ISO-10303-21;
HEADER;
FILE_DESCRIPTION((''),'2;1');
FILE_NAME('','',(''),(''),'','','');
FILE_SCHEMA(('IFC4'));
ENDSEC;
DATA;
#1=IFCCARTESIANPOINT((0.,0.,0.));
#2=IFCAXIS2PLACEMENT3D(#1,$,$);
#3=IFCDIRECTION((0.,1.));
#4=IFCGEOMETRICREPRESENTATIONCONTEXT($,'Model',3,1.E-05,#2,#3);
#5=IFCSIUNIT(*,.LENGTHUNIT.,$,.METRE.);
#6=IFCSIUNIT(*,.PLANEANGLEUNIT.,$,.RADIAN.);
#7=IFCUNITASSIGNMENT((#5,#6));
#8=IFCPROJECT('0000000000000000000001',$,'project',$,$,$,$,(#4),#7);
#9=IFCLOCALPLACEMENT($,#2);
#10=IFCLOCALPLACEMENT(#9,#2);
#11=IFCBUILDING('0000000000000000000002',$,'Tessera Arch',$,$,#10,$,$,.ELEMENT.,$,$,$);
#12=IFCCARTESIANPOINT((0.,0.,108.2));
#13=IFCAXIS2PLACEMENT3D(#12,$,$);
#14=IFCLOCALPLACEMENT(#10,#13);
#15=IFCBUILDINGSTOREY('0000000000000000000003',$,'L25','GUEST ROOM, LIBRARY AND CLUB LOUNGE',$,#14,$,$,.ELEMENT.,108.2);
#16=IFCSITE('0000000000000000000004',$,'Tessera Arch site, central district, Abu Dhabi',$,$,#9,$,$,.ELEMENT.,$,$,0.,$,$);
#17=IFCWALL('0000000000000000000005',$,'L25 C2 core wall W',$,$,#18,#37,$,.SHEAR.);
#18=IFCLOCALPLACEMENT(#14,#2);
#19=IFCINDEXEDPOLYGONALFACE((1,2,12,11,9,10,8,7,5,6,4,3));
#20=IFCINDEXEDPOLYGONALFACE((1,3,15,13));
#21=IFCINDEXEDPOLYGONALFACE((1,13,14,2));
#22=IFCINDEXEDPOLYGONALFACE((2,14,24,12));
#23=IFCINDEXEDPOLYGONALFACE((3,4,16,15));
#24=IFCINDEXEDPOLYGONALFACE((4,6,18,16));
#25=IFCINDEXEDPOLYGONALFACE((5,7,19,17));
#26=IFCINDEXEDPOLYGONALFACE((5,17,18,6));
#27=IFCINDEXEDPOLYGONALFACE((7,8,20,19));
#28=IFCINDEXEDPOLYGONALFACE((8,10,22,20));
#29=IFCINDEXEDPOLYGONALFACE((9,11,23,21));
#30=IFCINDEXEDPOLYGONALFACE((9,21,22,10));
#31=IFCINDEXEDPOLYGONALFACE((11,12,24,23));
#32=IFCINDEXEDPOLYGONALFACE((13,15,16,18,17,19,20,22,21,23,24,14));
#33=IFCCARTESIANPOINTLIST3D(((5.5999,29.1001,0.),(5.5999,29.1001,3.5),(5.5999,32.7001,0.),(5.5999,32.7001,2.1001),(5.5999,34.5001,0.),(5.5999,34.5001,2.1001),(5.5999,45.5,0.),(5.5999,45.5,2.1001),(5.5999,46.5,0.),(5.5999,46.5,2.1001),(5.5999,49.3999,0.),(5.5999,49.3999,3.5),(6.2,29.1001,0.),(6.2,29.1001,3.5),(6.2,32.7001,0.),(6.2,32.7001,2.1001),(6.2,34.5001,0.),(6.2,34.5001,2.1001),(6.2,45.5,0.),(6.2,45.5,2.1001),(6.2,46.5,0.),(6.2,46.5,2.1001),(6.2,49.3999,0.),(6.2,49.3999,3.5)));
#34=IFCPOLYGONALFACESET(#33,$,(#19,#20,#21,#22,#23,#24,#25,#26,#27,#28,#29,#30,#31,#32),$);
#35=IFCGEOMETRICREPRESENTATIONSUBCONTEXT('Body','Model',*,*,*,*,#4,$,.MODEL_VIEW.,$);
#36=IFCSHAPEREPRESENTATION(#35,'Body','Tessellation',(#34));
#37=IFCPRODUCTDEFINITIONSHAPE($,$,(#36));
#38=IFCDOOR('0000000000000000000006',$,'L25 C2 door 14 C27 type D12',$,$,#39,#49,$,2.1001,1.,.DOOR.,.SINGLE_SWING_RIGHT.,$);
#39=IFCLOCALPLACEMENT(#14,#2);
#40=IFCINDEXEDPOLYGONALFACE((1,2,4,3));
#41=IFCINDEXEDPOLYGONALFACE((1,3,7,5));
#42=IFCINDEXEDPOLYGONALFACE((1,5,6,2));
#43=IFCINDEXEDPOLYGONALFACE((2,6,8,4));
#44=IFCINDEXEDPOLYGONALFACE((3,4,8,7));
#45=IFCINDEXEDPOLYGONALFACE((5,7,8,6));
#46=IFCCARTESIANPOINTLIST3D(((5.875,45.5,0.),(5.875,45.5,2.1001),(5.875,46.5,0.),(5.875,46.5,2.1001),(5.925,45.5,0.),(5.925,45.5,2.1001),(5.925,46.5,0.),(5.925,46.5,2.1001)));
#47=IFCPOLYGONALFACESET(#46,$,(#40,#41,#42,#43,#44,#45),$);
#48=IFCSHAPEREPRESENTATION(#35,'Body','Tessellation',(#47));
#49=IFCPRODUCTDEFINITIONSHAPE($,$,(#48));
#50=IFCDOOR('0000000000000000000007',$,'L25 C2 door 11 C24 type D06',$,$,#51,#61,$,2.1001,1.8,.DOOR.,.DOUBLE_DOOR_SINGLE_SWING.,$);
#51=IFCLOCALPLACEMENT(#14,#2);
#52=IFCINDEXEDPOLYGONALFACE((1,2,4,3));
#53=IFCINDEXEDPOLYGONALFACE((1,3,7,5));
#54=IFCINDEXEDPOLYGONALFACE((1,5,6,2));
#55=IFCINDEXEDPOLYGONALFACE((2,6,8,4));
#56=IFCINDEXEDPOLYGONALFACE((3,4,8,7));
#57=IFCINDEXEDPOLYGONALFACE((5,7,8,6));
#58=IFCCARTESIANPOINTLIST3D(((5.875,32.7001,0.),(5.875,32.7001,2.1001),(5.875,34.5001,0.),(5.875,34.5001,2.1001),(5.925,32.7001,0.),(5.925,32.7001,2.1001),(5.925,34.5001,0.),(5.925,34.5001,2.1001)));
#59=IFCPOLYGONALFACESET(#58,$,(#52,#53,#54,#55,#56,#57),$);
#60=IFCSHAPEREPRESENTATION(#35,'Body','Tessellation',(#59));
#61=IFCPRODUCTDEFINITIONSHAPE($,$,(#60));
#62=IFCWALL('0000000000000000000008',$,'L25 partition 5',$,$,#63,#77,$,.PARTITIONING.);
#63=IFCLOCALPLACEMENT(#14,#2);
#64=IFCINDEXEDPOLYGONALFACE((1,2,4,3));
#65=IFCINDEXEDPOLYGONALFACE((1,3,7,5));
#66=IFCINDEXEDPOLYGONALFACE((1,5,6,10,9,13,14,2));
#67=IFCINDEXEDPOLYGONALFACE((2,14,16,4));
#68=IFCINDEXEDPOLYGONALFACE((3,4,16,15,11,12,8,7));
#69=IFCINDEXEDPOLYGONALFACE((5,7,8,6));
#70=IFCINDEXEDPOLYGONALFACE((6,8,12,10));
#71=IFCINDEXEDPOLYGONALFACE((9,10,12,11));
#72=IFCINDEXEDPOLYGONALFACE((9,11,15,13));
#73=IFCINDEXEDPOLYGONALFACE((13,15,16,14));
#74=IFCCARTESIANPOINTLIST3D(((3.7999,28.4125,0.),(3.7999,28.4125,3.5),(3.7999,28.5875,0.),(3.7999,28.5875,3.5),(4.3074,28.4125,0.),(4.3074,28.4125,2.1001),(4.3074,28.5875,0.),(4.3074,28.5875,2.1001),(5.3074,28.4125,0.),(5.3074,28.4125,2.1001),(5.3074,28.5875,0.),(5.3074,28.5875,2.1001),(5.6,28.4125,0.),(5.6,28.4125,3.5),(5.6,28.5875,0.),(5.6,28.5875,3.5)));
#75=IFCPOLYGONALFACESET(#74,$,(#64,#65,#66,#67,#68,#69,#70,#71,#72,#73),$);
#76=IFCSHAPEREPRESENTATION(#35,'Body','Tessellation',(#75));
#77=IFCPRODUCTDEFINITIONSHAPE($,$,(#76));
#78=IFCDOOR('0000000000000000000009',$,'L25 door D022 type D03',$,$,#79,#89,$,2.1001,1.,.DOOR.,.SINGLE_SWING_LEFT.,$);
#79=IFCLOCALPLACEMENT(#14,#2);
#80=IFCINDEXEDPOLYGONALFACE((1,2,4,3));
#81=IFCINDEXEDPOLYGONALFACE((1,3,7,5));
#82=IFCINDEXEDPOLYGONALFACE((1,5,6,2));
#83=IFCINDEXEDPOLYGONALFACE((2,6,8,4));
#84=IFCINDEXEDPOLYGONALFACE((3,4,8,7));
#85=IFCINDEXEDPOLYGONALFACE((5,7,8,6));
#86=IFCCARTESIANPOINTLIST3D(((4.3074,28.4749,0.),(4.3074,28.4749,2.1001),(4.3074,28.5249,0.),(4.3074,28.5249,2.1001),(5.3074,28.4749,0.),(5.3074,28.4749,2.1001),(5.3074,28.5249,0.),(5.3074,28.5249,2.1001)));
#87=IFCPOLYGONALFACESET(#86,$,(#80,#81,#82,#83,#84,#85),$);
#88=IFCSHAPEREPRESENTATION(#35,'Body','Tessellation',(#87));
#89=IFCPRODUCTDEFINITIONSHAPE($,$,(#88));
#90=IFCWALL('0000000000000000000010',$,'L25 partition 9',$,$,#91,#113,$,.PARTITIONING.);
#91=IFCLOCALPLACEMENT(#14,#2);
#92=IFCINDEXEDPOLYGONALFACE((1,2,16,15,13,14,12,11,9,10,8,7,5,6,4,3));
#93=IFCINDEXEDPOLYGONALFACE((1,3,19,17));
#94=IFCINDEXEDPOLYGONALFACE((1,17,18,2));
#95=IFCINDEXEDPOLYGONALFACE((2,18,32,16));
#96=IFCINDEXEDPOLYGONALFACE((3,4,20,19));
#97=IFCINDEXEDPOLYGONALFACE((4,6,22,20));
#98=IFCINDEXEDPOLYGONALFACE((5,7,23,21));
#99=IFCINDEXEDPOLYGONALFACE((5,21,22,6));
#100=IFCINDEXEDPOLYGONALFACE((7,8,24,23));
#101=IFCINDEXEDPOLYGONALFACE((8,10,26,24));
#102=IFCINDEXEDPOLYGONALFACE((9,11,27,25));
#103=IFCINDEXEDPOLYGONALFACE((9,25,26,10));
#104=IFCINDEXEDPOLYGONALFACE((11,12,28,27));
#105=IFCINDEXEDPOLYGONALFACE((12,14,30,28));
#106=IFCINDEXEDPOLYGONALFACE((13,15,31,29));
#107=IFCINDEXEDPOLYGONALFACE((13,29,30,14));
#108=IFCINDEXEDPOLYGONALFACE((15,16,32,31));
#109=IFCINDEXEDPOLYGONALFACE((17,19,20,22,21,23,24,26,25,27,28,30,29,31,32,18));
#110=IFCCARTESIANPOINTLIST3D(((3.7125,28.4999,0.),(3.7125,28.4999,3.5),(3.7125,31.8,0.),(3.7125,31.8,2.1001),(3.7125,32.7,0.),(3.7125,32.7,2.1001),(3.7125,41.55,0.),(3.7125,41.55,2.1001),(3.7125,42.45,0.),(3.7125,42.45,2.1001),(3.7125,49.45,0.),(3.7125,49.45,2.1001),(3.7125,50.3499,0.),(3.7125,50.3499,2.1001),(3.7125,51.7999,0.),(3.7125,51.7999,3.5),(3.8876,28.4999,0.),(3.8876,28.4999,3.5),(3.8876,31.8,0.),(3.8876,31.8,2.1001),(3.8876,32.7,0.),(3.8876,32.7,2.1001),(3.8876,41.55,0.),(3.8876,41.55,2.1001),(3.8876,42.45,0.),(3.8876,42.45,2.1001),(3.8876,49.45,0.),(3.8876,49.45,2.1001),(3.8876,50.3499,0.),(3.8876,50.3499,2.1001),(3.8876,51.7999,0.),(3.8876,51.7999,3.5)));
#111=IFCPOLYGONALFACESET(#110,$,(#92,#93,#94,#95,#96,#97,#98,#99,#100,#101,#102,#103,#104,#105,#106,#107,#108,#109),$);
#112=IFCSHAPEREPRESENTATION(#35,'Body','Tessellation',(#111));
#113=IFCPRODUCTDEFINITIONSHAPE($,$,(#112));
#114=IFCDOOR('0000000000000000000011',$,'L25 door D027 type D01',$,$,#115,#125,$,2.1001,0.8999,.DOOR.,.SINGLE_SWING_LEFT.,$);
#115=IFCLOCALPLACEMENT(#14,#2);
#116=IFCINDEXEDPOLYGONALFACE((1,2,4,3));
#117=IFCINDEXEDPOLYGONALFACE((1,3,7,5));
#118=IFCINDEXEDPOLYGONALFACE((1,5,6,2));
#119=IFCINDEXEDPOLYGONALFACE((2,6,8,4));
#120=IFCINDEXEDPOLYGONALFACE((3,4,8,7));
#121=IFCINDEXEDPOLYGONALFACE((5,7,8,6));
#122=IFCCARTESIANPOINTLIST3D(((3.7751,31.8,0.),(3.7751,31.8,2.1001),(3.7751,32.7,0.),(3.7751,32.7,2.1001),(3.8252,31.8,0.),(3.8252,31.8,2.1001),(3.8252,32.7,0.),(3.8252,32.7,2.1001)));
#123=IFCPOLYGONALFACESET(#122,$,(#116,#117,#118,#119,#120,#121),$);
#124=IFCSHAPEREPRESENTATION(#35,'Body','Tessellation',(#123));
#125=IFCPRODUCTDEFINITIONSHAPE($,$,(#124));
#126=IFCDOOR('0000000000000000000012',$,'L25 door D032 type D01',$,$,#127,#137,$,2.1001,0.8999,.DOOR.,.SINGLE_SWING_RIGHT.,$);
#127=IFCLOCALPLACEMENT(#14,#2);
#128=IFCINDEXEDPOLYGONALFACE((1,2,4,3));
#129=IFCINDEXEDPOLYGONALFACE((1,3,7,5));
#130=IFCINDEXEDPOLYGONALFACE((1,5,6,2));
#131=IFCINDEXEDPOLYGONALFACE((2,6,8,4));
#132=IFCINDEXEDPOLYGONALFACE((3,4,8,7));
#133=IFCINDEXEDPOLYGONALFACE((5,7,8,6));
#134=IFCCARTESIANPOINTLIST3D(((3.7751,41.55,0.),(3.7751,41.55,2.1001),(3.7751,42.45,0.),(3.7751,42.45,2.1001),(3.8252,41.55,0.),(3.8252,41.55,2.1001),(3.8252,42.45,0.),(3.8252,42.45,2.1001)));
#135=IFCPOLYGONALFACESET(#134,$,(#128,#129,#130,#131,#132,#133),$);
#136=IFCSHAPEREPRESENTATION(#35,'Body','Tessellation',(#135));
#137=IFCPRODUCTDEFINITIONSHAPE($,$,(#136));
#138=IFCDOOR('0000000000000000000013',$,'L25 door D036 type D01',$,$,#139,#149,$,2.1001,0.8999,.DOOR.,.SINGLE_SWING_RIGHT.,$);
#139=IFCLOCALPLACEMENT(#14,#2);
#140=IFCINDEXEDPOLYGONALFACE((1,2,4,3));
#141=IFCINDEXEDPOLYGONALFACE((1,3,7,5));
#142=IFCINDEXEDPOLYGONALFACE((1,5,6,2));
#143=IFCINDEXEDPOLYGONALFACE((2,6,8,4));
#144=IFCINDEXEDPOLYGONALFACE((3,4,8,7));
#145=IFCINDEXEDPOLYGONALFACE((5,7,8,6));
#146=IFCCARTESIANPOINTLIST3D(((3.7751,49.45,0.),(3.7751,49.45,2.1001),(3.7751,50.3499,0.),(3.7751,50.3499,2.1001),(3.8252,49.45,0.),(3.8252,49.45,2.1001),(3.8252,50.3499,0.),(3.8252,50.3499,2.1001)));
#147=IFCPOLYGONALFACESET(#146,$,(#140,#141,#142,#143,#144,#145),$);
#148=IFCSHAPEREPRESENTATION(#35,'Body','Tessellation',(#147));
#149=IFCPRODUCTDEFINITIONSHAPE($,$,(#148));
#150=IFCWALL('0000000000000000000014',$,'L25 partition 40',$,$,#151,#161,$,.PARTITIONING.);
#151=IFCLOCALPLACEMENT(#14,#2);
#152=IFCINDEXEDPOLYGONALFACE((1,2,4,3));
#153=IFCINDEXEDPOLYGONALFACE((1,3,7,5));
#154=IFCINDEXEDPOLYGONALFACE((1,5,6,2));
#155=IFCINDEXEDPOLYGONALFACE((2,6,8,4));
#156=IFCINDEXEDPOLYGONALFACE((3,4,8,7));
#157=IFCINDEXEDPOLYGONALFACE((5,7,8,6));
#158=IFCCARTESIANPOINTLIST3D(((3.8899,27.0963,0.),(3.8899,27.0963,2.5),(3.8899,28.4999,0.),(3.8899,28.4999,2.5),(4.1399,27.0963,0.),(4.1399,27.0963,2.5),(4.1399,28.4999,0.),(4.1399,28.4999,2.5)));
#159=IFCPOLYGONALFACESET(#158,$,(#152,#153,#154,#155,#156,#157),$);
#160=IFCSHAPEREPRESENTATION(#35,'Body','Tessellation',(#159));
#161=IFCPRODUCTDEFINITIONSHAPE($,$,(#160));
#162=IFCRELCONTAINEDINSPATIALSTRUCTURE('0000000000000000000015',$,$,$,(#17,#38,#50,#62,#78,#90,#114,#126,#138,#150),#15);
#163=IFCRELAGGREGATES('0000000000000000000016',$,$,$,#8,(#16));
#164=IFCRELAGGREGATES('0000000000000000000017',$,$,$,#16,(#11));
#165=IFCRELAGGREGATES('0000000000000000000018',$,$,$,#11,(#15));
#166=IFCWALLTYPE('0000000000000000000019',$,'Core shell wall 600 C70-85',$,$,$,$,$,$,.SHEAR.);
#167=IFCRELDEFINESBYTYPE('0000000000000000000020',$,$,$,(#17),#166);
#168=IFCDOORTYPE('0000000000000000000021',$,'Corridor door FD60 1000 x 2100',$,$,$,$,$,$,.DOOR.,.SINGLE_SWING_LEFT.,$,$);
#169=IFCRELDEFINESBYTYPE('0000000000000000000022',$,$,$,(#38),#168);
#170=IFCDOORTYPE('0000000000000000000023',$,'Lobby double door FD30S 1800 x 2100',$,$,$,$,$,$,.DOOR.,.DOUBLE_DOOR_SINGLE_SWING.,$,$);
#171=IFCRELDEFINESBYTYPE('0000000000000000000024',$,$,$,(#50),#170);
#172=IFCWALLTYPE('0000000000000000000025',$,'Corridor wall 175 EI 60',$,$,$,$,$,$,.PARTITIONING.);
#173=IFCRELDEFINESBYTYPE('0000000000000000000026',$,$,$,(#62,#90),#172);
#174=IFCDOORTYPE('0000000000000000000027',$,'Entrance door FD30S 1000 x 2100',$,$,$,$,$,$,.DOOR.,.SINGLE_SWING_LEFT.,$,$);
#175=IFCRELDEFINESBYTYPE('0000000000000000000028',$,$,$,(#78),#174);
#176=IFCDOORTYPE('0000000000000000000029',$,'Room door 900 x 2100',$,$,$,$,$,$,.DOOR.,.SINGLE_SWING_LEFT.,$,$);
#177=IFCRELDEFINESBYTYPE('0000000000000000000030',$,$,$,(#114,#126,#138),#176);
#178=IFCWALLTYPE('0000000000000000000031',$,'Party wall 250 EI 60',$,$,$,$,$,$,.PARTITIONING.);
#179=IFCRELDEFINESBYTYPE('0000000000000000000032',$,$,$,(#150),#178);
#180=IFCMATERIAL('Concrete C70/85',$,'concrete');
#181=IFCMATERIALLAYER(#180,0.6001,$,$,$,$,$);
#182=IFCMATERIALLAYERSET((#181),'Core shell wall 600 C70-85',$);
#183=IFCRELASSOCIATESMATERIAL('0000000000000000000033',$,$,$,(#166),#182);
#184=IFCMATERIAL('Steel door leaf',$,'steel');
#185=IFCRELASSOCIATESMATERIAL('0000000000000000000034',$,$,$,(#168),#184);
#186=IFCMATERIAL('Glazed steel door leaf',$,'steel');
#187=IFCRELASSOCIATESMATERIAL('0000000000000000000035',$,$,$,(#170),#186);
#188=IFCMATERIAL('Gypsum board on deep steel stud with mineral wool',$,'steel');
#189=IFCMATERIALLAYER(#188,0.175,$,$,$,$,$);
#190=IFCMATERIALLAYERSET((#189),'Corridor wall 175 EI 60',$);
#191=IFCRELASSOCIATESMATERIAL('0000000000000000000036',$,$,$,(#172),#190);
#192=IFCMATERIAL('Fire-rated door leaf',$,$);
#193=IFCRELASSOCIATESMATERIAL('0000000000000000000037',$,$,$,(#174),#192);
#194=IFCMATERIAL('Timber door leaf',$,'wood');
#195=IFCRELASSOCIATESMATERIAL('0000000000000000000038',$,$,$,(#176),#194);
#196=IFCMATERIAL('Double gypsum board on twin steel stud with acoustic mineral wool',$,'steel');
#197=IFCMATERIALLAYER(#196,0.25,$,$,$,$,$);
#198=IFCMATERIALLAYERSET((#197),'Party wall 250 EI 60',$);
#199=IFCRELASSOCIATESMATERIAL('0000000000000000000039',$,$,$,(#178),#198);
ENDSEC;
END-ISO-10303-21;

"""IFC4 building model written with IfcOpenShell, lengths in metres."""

from ifc_helpers import new_model, si_unit, direction, frame, frame_2d, origin, place, context, subcontext, project, spatial, rectangle, extrude, material, layer, layer_set, type_object, element, fill, save


model = new_model("IFC4")

# Units and contexts
model_context = context("Model", 3, precision=1e-05, world=origin(), true_north=direction((0.0, 1.0)))
body_context = subcontext(model_context, "Body", "Model", "MODEL_VIEW")
ifc_project = project(units=[si_unit("LENGTHUNIT", "METRE"), si_unit("PLANEANGLEUNIT", "RADIAN")], contexts=[model_context])

# Site, building, storey
site_placement = place(None, origin())
site = spatial("IfcSite", under=ifc_project, at=site_placement, Name="Tessera Arch site, central district, Abu Dhabi", CompositionType="ELEMENT", RefElevation=0.0)
building_placement = place(site_placement, origin())
building = spatial("IfcBuilding", under=site, at=building_placement, Name="Tessera Arch", CompositionType="ELEMENT")
storey_placement = place(building_placement, frame((0.0, 0.0, 108.2)))
storey = spatial("IfcBuildingStorey", under=building, at=storey_placement, Name="L25", Description="GUEST ROOM, LIBRARY AND CLUB LOUNGE", CompositionType="ELEMENT", Elevation=108.2)

# Wall, openings, doors
ifc_material_1 = material(Name="Concrete C70/85", Category="concrete")
ifc_layer_1 = layer(ifc_material_1, 0.6001)
ifc_layer_set_1 = layer_set([ifc_layer_1], Name="Core shell wall 600 C70-85")
wall_type_1 = type_object("IfcWallType", Name="Core shell wall 600 C70-85", PredefinedType="SHEAR", material=ifc_layer_set_1)
wall_1_placement = place(storey_placement, frame((5.8999, 29.1001, 0.0), z_axis=(0.0, 0.0, 1.0), x_axis=(0.0, 1.0, 0.0)))
wall_1 = element("IfcWall", 1, at=wall_1_placement, inside=storey, type_object=wall_type_1, Name="L25 C2 core wall W", PredefinedType="SHEAR", context=body_context, shape_type="SweptSolid", body=[
    extrude(rectangle(XDim=20.2998, YDim=0.6001, at=frame_2d((10.1499, 0.0))), origin(), (0.0, 0.0, 1.0), 3.5),
])
opening_1_placement = place(wall_1_placement, frame((3.6001, 0.0, 0.0)))
opening_1 = element("IfcOpeningElement", 2, at=opening_1_placement, cuts=wall_1, PredefinedType="OPENING", context=body_context, shape_type="SweptSolid", body=[
    extrude(rectangle(XDim=1.8, YDim=2.1001, at=frame_2d((0.8999, 1.05))), frame((0.0, 0.3101, 0.0), z_axis=(0.0, -1.0, 0.0), x_axis=(1.0, 0.0, 0.0)), (0.0, 0.0, 1.0), 0.6201),
])
opening_2_placement = place(wall_1_placement, frame((16.3999, 0.0, 0.0)))
opening_2 = element("IfcOpeningElement", 3, at=opening_2_placement, cuts=wall_1, PredefinedType="OPENING", context=body_context, shape_type="SweptSolid", body=[
    extrude(rectangle(XDim=1.0, YDim=2.1001, at=frame_2d((0.5, 1.05))), frame((0.0, 0.3101, 0.0), z_axis=(0.0, -1.0, 0.0), x_axis=(1.0, 0.0, 0.0)), (0.0, 0.0, 1.0), 0.6201),
])
ifc_material_2 = material(Name="Steel door leaf", Category="steel")
door_type_1 = type_object("IfcDoorType", Name="Corridor door FD60 1000 x 2100", OperationType="SINGLE_SWING_LEFT", PredefinedType="DOOR", material=ifc_material_2)
door_1_placement = place(opening_2_placement, origin())
door_1 = element("IfcDoor", 4, at=door_1_placement, inside=storey, type_object=door_type_1, Name="L25 C2 door 14 C27 type D12", OperationType="SINGLE_SWING_RIGHT", OverallHeight=2.1001, OverallWidth=1.0, PredefinedType="DOOR", context=body_context, shape_type="SweptSolid", body=[
    extrude(rectangle(XDim=1.0, YDim=2.1001, at=frame_2d((0.5, 1.05))), frame((0.0, 0.0249, 0.0), z_axis=(0.0, -1.0, 0.0), x_axis=(1.0, 0.0, 0.0)), (0.0, 0.0, 1.0), 0.05),
])
fill(opening_2, door_1)
ifc_material_3 = material(Name="Glazed steel door leaf", Category="steel")
door_type_2 = type_object("IfcDoorType", Name="Lobby double door FD30S 1800 x 2100", OperationType="DOUBLE_DOOR_SINGLE_SWING", PredefinedType="DOOR", material=ifc_material_3)
door_2_placement = place(opening_1_placement, origin())
door_2 = element("IfcDoor", 5, at=door_2_placement, inside=storey, type_object=door_type_2, Name="L25 C2 door 11 C24 type D06", OperationType="DOUBLE_DOOR_SINGLE_SWING", OverallHeight=2.1001, OverallWidth=1.8, PredefinedType="DOOR", context=body_context, shape_type="SweptSolid", body=[
    extrude(rectangle(XDim=1.8, YDim=2.1001, at=frame_2d((0.8999, 1.05))), frame((0.0, 0.0249, 0.0), z_axis=(0.0, -1.0, 0.0), x_axis=(1.0, 0.0, 0.0)), (0.0, 0.0, 1.0), 0.05),
])
fill(opening_1, door_2)

# Wall, opening, door
ifc_material_4 = material(Name="Gypsum board on deep steel stud with mineral wool", Category="steel")
ifc_layer_2 = layer(ifc_material_4, 0.175)
ifc_layer_set_2 = layer_set([ifc_layer_2], Name="Corridor wall 175 EI 60")
wall_type_2 = type_object("IfcWallType", Name="Corridor wall 175 EI 60", PredefinedType="PARTITIONING", material=ifc_layer_set_2)
wall_2_placement = place(storey_placement, frame((3.8, 28.5, 0.0), z_axis=(0.0, 0.0, 1.0), x_axis=(1.0, 0.0, 0.0)))
wall_2 = element("IfcWall", 6, at=wall_2_placement, inside=storey, type_object=wall_type_2, Name="L25 partition 5", PredefinedType="PARTITIONING", context=body_context, shape_type="SweptSolid", body=[
    extrude(rectangle(XDim=1.8, YDim=0.175, at=frame_2d((0.8999, 0.0))), origin(), (0.0, 0.0, 1.0), 3.5),
])
opening_3_placement = place(wall_2_placement, frame((0.5073, 0.0, 0.0)))
opening_3 = element("IfcOpeningElement", 7, at=opening_3_placement, cuts=wall_2, PredefinedType="OPENING", context=body_context, shape_type="SweptSolid", body=[
    extrude(rectangle(XDim=1.0, YDim=2.1001, at=frame_2d((0.5, 1.05))), frame((0.0, 0.0974, 0.0), z_axis=(0.0, -1.0, 0.0), x_axis=(1.0, 0.0, 0.0)), (0.0, 0.0, 1.0), 0.1951),
])
ifc_material_5 = material(Name="Fire-rated door leaf")
door_type_3 = type_object("IfcDoorType", Name="Entrance door FD30S 1000 x 2100", OperationType="SINGLE_SWING_LEFT", PredefinedType="DOOR", material=ifc_material_5)
door_3_placement = place(opening_3_placement, origin())
door_3 = element("IfcDoor", 8, at=door_3_placement, inside=storey, type_object=door_type_3, Name="L25 door D022 type D03", OperationType="SINGLE_SWING_LEFT", OverallHeight=2.1001, OverallWidth=1.0, PredefinedType="DOOR", context=body_context, shape_type="SweptSolid", body=[
    extrude(rectangle(XDim=1.0, YDim=2.1001, at=frame_2d((0.5, 1.05))), frame((0.0, 0.0249, 0.0), z_axis=(0.0, -1.0, 0.0), x_axis=(1.0, 0.0, 0.0)), (0.0, 0.0, 1.0), 0.05),
])
fill(opening_3, door_3)

# Wall, openings, doors
wall_3_placement = place(storey_placement, frame((3.8, 28.5, 0.0), z_axis=(0.0, 0.0, 1.0), x_axis=(0.0, 1.0, 0.0)))
wall_3 = element("IfcWall", 9, at=wall_3_placement, inside=storey, type_object=wall_type_2, Name="L25 partition 9", PredefinedType="PARTITIONING", context=body_context, shape_type="SweptSolid", body=[
    extrude(rectangle(XDim=23.3, YDim=0.175, at=frame_2d((11.6499, 0.0))), origin(), (0.0, 0.0, 1.0), 3.5),
])
opening_4_placement = place(wall_3_placement, frame((3.3, 0.0, 0.0)))
opening_4 = element("IfcOpeningElement", 10, at=opening_4_placement, cuts=wall_3, PredefinedType="OPENING", context=body_context, shape_type="SweptSolid", body=[
    extrude(rectangle(XDim=0.8999, YDim=2.1001, at=frame_2d((0.45, 1.05))), frame((0.0, 0.0974, 0.0), z_axis=(0.0, -1.0, 0.0), x_axis=(1.0, 0.0, 0.0)), (0.0, 0.0, 1.0), 0.1951),
])
opening_5_placement = place(wall_3_placement, frame((13.05, 0.0, 0.0)))
opening_5 = element("IfcOpeningElement", 11, at=opening_5_placement, cuts=wall_3, PredefinedType="OPENING", context=body_context, shape_type="SweptSolid", body=[
    extrude(rectangle(XDim=0.8999, YDim=2.1001, at=frame_2d((0.45, 1.05))), frame((0.0, 0.0974, 0.0), z_axis=(0.0, -1.0, 0.0), x_axis=(1.0, 0.0, 0.0)), (0.0, 0.0, 1.0), 0.1951),
])
opening_6_placement = place(wall_3_placement, frame((20.95, 0.0, 0.0)))
opening_6 = element("IfcOpeningElement", 12, at=opening_6_placement, cuts=wall_3, PredefinedType="OPENING", context=body_context, shape_type="SweptSolid", body=[
    extrude(rectangle(XDim=0.8999, YDim=2.1001, at=frame_2d((0.45, 1.05))), frame((0.0, 0.0974, 0.0), z_axis=(0.0, -1.0, 0.0), x_axis=(1.0, 0.0, 0.0)), (0.0, 0.0, 1.0), 0.1951),
])
ifc_material_6 = material(Name="Timber door leaf", Category="wood")
door_type_4 = type_object("IfcDoorType", Name="Room door 900 x 2100", OperationType="SINGLE_SWING_LEFT", PredefinedType="DOOR", material=ifc_material_6)
door_4_placement = place(opening_4_placement, origin())
door_4 = element("IfcDoor", 13, at=door_4_placement, inside=storey, type_object=door_type_4, Name="L25 door D027 type D01", OperationType="SINGLE_SWING_LEFT", OverallHeight=2.1001, OverallWidth=0.8999, PredefinedType="DOOR", context=body_context, shape_type="SweptSolid", body=[
    extrude(rectangle(XDim=0.8999, YDim=2.1001, at=frame_2d((0.45, 1.05))), frame((0.0, 0.0249, 0.0), z_axis=(0.0, -1.0, 0.0), x_axis=(1.0, 0.0, 0.0)), (0.0, 0.0, 1.0), 0.05),
])
fill(opening_4, door_4)
door_5_placement = place(opening_5_placement, origin())
door_5 = element("IfcDoor", 14, at=door_5_placement, inside=storey, type_object=door_type_4, Name="L25 door D032 type D01", OperationType="SINGLE_SWING_RIGHT", OverallHeight=2.1001, OverallWidth=0.8999, PredefinedType="DOOR", context=body_context, shape_type="SweptSolid", body=[
    extrude(rectangle(XDim=0.8999, YDim=2.1001, at=frame_2d((0.45, 1.05))), frame((0.0, 0.0249, 0.0), z_axis=(0.0, -1.0, 0.0), x_axis=(1.0, 0.0, 0.0)), (0.0, 0.0, 1.0), 0.05),
])
fill(opening_5, door_5)
door_6_placement = place(opening_6_placement, origin())
door_6 = element("IfcDoor", 15, at=door_6_placement, inside=storey, type_object=door_type_4, Name="L25 door D036 type D01", OperationType="SINGLE_SWING_RIGHT", OverallHeight=2.1001, OverallWidth=0.8999, PredefinedType="DOOR", context=body_context, shape_type="SweptSolid", body=[
    extrude(rectangle(XDim=0.8999, YDim=2.1001, at=frame_2d((0.45, 1.05))), frame((0.0, 0.0249, 0.0), z_axis=(0.0, -1.0, 0.0), x_axis=(1.0, 0.0, 0.0)), (0.0, 0.0, 1.0), 0.05),
])
fill(opening_6, door_6)

# Wall
ifc_material_7 = material(Name="Double gypsum board on twin steel stud with acoustic mineral wool", Category="steel")
ifc_layer_3 = layer(ifc_material_7, 0.25)
ifc_layer_set_3 = layer_set([ifc_layer_3], Name="Party wall 250 EI 60")
wall_type_3 = type_object("IfcWallType", Name="Party wall 250 EI 60", PredefinedType="PARTITIONING", material=ifc_layer_set_3)
wall_4_placement = place(storey_placement, frame((4.0149, 27.0964, 0.0), z_axis=(0.0, 0.0, 1.0), x_axis=(0.0, 1.0, 0.0)))
element("IfcWall", 16, at=wall_4_placement, inside=storey, type_object=wall_type_3, Name="L25 partition 40", PredefinedType="PARTITIONING", context=body_context, shape_type="SweptSolid", body=[
    extrude(rectangle(XDim=1.4036, YDim=0.25, at=frame_2d((0.7017, 0.0))), origin(), (0.0, 0.0, 1.0), 2.5),
])

save(model, "model.ifc")
